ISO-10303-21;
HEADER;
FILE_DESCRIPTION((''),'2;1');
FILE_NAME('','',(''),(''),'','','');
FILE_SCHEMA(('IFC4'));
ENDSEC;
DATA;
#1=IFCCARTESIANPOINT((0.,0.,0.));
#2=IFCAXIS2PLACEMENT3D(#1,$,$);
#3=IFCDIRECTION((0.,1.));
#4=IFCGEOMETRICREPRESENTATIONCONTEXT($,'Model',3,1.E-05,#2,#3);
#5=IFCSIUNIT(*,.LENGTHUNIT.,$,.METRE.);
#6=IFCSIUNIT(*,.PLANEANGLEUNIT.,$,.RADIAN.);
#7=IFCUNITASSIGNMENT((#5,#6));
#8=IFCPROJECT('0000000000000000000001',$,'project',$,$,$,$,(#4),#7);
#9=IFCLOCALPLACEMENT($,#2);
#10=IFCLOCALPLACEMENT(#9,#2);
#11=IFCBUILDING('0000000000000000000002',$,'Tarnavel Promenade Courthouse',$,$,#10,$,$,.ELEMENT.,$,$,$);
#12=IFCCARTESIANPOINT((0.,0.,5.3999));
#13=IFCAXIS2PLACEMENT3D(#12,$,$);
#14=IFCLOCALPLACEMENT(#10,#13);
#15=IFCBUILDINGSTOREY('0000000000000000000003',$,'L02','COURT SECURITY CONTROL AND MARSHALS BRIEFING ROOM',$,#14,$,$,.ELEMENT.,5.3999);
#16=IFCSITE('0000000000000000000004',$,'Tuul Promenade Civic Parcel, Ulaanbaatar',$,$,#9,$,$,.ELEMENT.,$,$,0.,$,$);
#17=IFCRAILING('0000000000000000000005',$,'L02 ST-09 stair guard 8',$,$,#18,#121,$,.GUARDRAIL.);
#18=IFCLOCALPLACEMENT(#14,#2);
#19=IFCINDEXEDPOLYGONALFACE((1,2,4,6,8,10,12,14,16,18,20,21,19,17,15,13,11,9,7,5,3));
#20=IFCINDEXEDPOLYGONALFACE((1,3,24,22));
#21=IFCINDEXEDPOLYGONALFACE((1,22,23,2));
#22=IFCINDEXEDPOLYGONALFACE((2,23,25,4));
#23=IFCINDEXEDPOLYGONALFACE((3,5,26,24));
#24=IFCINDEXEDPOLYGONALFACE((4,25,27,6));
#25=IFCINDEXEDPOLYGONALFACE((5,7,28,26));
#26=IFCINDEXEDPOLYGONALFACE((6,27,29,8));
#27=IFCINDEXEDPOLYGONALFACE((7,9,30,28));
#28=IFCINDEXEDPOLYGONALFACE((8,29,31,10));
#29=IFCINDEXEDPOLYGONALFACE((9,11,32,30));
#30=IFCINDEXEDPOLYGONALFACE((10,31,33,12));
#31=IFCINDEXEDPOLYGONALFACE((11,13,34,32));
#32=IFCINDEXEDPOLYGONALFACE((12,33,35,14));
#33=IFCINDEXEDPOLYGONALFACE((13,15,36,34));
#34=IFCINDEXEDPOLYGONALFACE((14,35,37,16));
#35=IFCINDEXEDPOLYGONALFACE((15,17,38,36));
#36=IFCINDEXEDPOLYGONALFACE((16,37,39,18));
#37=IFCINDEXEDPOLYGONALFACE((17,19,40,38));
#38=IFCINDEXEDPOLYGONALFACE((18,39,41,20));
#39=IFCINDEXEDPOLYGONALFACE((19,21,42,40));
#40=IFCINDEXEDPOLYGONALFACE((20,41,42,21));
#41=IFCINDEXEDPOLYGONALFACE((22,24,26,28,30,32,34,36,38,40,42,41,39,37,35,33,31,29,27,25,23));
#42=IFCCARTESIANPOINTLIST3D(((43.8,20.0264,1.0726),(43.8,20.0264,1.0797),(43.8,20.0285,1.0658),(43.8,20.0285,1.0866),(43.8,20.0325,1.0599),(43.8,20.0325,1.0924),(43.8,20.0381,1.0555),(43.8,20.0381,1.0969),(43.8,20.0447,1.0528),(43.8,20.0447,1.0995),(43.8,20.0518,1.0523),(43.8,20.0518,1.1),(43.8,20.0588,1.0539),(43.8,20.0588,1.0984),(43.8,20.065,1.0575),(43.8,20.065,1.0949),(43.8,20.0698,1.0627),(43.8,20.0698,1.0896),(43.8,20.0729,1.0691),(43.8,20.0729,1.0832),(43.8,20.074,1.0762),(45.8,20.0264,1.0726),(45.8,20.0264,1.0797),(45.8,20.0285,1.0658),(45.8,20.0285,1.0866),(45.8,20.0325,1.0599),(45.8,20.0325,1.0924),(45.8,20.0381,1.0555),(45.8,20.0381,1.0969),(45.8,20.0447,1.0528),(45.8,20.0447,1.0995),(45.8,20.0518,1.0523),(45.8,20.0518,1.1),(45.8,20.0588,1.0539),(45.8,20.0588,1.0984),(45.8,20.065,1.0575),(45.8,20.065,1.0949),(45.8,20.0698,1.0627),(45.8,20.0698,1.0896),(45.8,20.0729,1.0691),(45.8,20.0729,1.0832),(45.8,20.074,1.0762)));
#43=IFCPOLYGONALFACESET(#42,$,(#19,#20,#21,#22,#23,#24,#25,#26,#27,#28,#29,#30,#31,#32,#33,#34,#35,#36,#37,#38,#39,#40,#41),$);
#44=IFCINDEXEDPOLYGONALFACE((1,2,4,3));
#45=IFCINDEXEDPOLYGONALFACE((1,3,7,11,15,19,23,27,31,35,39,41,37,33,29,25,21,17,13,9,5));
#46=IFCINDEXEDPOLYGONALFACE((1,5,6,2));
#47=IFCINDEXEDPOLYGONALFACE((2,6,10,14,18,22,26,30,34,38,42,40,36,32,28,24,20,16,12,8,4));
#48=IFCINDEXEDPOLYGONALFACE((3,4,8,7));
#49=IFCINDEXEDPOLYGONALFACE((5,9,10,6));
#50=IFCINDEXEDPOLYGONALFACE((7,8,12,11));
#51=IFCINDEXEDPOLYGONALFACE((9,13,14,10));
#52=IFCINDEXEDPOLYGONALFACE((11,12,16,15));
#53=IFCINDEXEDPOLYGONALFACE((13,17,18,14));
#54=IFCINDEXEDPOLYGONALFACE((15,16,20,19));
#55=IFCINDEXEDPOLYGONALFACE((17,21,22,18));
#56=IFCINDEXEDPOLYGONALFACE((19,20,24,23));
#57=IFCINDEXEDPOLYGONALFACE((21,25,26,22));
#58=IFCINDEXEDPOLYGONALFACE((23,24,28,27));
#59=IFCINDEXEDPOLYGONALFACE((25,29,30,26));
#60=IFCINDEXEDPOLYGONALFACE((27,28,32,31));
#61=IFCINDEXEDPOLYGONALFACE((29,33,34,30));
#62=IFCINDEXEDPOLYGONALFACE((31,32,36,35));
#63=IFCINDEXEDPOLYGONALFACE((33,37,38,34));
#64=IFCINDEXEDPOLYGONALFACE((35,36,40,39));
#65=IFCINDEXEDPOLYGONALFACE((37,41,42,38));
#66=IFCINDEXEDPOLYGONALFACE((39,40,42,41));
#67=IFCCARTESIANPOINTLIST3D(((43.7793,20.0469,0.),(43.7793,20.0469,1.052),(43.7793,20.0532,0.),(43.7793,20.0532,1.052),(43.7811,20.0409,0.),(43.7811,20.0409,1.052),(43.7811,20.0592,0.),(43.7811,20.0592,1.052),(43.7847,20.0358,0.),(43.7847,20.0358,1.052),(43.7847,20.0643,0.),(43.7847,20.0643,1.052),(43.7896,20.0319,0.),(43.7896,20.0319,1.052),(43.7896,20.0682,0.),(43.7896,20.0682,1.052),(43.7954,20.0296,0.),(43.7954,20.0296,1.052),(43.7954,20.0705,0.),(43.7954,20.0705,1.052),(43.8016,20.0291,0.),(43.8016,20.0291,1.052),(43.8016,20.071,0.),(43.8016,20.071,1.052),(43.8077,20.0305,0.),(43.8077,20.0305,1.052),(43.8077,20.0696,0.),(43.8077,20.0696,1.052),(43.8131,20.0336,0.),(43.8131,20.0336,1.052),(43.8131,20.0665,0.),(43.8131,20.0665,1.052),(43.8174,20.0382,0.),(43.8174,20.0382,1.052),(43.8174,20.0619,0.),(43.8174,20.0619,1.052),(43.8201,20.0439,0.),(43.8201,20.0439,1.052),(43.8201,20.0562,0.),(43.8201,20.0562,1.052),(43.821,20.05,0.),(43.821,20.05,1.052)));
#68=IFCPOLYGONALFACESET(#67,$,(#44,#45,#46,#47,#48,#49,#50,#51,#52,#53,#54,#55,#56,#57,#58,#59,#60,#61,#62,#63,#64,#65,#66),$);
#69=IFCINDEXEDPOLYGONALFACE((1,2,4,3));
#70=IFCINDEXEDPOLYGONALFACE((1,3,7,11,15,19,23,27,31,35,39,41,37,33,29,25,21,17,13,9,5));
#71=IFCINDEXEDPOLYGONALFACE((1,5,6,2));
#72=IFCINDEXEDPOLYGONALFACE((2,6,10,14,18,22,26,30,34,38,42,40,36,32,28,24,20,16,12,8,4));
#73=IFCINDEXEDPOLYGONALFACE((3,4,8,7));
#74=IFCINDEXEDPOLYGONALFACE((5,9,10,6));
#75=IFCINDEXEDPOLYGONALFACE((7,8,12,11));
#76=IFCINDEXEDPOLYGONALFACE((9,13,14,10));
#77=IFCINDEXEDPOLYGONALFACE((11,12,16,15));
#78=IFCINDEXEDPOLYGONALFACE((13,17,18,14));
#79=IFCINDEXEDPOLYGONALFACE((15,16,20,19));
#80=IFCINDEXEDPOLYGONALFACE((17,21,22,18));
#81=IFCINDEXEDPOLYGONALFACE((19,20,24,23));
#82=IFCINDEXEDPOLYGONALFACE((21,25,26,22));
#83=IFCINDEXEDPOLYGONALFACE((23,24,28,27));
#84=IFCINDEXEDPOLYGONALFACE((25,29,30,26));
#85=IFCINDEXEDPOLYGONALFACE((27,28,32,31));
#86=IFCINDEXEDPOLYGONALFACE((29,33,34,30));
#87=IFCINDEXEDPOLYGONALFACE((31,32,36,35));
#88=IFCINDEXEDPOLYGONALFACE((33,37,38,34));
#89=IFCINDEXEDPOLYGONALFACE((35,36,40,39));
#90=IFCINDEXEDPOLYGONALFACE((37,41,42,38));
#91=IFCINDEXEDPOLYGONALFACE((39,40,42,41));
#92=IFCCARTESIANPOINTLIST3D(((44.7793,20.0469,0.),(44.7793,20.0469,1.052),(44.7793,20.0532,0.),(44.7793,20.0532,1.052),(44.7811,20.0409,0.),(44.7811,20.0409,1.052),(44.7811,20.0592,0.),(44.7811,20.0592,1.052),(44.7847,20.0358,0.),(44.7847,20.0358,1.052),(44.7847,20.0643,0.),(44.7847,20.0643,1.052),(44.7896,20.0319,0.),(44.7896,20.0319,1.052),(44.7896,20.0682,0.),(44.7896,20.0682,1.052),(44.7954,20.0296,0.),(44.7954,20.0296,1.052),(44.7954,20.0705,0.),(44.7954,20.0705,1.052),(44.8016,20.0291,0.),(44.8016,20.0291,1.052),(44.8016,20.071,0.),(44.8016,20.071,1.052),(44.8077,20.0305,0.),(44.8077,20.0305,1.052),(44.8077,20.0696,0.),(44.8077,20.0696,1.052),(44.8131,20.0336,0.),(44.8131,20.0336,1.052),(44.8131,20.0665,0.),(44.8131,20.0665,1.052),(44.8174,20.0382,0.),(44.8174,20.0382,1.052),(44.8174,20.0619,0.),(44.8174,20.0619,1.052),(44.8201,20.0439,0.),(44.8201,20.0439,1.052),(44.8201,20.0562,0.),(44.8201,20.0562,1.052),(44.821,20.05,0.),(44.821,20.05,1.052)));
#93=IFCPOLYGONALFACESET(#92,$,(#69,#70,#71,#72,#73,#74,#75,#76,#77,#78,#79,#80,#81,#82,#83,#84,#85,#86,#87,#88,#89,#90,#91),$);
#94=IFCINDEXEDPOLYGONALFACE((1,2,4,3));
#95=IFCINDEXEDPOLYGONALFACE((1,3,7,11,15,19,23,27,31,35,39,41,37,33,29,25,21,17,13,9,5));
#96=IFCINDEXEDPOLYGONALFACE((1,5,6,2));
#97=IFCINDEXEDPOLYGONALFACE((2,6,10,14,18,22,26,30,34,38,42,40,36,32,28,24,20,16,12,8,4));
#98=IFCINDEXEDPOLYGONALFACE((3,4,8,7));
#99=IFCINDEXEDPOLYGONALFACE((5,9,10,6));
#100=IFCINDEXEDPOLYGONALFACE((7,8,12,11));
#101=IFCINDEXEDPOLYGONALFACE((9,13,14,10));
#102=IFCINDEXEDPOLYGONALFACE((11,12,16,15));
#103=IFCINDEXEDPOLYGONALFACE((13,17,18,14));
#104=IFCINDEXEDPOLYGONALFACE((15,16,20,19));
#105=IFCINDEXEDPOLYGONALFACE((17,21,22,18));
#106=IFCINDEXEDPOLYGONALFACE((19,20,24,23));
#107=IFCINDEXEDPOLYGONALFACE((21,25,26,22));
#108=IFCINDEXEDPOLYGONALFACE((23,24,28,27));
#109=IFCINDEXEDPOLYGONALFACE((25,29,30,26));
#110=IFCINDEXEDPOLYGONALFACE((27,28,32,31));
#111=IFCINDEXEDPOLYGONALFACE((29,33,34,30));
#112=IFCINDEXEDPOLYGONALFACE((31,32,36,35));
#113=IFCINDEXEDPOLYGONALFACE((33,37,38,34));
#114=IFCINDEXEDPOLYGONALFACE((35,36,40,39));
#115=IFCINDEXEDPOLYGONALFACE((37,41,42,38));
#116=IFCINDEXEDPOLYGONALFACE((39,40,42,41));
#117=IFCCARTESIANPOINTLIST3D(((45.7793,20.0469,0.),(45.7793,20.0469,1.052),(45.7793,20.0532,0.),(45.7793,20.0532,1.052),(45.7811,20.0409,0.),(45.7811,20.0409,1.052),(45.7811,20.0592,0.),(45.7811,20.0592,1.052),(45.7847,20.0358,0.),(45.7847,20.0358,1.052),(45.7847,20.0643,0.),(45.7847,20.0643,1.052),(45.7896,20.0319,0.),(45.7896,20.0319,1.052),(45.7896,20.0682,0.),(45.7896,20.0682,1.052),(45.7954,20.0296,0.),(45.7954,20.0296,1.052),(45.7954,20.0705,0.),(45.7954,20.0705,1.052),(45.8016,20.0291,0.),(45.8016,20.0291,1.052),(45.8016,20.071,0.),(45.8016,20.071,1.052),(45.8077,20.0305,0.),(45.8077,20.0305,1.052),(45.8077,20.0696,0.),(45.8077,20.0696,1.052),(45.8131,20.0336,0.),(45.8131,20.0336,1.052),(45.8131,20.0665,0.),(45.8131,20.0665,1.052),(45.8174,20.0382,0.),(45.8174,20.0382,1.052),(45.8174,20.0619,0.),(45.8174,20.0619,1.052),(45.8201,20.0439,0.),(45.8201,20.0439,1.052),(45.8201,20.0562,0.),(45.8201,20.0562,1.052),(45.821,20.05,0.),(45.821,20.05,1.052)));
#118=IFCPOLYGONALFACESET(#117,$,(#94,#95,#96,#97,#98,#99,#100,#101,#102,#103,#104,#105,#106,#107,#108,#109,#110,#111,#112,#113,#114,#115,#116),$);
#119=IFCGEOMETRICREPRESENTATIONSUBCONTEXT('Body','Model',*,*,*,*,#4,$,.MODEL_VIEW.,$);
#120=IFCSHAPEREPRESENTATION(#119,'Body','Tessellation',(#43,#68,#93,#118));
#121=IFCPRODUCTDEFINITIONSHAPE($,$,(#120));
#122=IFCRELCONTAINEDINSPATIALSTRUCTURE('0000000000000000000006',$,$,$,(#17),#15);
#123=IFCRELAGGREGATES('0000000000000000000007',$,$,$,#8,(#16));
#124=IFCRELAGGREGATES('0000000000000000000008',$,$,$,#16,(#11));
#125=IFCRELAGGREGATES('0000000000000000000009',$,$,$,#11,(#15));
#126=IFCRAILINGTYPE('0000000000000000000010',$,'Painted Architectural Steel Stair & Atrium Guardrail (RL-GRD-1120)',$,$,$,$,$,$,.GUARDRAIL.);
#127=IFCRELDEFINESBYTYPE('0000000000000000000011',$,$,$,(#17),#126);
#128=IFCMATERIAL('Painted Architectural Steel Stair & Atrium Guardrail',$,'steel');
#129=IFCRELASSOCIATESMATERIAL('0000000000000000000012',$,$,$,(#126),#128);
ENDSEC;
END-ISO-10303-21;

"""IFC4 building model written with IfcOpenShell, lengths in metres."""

from ifc_helpers import new_model, si_unit, direction, frame, origin, origin_2d, place, context, subcontext, project, spatial, circle, extrude, material, type_object, element, save


model = new_model("IFC4")

# Units and contexts
model_context = context("Model", 3, precision=1e-05, world=origin(), true_north=direction((0.0, 1.0)))
body_context = subcontext(model_context, "Body", "Model", "MODEL_VIEW")
ifc_project = project(units=[si_unit("LENGTHUNIT", "METRE"), si_unit("PLANEANGLEUNIT", "RADIAN")], contexts=[model_context])

# Site, building, storey
site_placement = place(None, origin())
site = spatial("IfcSite", under=ifc_project, at=site_placement, Name="Tuul Promenade Civic Parcel, Ulaanbaatar", CompositionType="ELEMENT", RefElevation=0.0)
building_placement = place(site_placement, origin())
building = spatial("IfcBuilding", under=site, at=building_placement, Name="Tarnavel Promenade Courthouse", CompositionType="ELEMENT")
storey_placement = place(building_placement, frame((0.0, 0.0, 5.3999)))
storey = spatial("IfcBuildingStorey", under=building, at=storey_placement, Name="L02", Description="COURT SECURITY CONTROL AND MARSHALS BRIEFING ROOM", CompositionType="ELEMENT", Elevation=5.3999)

# Railing
ifc_material_1 = material(Name="Painted Architectural Steel Stair & Atrium Guardrail", Category="steel")
railing_type_1 = type_object("IfcRailingType", Name="Painted Architectural Steel Stair & Atrium Guardrail (RL-GRD-1120)", PredefinedType="GUARDRAIL", material=ifc_material_1)
railing_1_placement = place(storey_placement, frame((43.8, 20.05, 0.0)))
element("IfcRailing", 1, at=railing_1_placement, inside=storey, type_object=railing_type_1, Name="L02 ST-09 stair guard 8", PredefinedType="GUARDRAIL", context=body_context, shape_type="SweptSolid", body=[
    extrude(circle(Radius=0.0239, at=origin_2d()), frame((0.0, 0.0, 1.0762), z_axis=(1.0, 0.0, 0.0), x_axis=(0.0, 1.0, 0.0)), (0.0, 0.0, 1.0), 2.0),
    extrude(circle(Radius=0.021, at=origin_2d()), origin(), (0.0, 0.0, 1.0), 1.052),
    extrude(circle(Radius=0.021, at=origin_2d()), frame((1.0, 0.0, 0.0)), (0.0, 0.0, 1.0), 1.052),
    extrude(circle(Radius=0.021, at=origin_2d()), frame((2.0, 0.0, 0.0)), (0.0, 0.0, 1.0), 1.052),
])

save(model, "model.ifc")
